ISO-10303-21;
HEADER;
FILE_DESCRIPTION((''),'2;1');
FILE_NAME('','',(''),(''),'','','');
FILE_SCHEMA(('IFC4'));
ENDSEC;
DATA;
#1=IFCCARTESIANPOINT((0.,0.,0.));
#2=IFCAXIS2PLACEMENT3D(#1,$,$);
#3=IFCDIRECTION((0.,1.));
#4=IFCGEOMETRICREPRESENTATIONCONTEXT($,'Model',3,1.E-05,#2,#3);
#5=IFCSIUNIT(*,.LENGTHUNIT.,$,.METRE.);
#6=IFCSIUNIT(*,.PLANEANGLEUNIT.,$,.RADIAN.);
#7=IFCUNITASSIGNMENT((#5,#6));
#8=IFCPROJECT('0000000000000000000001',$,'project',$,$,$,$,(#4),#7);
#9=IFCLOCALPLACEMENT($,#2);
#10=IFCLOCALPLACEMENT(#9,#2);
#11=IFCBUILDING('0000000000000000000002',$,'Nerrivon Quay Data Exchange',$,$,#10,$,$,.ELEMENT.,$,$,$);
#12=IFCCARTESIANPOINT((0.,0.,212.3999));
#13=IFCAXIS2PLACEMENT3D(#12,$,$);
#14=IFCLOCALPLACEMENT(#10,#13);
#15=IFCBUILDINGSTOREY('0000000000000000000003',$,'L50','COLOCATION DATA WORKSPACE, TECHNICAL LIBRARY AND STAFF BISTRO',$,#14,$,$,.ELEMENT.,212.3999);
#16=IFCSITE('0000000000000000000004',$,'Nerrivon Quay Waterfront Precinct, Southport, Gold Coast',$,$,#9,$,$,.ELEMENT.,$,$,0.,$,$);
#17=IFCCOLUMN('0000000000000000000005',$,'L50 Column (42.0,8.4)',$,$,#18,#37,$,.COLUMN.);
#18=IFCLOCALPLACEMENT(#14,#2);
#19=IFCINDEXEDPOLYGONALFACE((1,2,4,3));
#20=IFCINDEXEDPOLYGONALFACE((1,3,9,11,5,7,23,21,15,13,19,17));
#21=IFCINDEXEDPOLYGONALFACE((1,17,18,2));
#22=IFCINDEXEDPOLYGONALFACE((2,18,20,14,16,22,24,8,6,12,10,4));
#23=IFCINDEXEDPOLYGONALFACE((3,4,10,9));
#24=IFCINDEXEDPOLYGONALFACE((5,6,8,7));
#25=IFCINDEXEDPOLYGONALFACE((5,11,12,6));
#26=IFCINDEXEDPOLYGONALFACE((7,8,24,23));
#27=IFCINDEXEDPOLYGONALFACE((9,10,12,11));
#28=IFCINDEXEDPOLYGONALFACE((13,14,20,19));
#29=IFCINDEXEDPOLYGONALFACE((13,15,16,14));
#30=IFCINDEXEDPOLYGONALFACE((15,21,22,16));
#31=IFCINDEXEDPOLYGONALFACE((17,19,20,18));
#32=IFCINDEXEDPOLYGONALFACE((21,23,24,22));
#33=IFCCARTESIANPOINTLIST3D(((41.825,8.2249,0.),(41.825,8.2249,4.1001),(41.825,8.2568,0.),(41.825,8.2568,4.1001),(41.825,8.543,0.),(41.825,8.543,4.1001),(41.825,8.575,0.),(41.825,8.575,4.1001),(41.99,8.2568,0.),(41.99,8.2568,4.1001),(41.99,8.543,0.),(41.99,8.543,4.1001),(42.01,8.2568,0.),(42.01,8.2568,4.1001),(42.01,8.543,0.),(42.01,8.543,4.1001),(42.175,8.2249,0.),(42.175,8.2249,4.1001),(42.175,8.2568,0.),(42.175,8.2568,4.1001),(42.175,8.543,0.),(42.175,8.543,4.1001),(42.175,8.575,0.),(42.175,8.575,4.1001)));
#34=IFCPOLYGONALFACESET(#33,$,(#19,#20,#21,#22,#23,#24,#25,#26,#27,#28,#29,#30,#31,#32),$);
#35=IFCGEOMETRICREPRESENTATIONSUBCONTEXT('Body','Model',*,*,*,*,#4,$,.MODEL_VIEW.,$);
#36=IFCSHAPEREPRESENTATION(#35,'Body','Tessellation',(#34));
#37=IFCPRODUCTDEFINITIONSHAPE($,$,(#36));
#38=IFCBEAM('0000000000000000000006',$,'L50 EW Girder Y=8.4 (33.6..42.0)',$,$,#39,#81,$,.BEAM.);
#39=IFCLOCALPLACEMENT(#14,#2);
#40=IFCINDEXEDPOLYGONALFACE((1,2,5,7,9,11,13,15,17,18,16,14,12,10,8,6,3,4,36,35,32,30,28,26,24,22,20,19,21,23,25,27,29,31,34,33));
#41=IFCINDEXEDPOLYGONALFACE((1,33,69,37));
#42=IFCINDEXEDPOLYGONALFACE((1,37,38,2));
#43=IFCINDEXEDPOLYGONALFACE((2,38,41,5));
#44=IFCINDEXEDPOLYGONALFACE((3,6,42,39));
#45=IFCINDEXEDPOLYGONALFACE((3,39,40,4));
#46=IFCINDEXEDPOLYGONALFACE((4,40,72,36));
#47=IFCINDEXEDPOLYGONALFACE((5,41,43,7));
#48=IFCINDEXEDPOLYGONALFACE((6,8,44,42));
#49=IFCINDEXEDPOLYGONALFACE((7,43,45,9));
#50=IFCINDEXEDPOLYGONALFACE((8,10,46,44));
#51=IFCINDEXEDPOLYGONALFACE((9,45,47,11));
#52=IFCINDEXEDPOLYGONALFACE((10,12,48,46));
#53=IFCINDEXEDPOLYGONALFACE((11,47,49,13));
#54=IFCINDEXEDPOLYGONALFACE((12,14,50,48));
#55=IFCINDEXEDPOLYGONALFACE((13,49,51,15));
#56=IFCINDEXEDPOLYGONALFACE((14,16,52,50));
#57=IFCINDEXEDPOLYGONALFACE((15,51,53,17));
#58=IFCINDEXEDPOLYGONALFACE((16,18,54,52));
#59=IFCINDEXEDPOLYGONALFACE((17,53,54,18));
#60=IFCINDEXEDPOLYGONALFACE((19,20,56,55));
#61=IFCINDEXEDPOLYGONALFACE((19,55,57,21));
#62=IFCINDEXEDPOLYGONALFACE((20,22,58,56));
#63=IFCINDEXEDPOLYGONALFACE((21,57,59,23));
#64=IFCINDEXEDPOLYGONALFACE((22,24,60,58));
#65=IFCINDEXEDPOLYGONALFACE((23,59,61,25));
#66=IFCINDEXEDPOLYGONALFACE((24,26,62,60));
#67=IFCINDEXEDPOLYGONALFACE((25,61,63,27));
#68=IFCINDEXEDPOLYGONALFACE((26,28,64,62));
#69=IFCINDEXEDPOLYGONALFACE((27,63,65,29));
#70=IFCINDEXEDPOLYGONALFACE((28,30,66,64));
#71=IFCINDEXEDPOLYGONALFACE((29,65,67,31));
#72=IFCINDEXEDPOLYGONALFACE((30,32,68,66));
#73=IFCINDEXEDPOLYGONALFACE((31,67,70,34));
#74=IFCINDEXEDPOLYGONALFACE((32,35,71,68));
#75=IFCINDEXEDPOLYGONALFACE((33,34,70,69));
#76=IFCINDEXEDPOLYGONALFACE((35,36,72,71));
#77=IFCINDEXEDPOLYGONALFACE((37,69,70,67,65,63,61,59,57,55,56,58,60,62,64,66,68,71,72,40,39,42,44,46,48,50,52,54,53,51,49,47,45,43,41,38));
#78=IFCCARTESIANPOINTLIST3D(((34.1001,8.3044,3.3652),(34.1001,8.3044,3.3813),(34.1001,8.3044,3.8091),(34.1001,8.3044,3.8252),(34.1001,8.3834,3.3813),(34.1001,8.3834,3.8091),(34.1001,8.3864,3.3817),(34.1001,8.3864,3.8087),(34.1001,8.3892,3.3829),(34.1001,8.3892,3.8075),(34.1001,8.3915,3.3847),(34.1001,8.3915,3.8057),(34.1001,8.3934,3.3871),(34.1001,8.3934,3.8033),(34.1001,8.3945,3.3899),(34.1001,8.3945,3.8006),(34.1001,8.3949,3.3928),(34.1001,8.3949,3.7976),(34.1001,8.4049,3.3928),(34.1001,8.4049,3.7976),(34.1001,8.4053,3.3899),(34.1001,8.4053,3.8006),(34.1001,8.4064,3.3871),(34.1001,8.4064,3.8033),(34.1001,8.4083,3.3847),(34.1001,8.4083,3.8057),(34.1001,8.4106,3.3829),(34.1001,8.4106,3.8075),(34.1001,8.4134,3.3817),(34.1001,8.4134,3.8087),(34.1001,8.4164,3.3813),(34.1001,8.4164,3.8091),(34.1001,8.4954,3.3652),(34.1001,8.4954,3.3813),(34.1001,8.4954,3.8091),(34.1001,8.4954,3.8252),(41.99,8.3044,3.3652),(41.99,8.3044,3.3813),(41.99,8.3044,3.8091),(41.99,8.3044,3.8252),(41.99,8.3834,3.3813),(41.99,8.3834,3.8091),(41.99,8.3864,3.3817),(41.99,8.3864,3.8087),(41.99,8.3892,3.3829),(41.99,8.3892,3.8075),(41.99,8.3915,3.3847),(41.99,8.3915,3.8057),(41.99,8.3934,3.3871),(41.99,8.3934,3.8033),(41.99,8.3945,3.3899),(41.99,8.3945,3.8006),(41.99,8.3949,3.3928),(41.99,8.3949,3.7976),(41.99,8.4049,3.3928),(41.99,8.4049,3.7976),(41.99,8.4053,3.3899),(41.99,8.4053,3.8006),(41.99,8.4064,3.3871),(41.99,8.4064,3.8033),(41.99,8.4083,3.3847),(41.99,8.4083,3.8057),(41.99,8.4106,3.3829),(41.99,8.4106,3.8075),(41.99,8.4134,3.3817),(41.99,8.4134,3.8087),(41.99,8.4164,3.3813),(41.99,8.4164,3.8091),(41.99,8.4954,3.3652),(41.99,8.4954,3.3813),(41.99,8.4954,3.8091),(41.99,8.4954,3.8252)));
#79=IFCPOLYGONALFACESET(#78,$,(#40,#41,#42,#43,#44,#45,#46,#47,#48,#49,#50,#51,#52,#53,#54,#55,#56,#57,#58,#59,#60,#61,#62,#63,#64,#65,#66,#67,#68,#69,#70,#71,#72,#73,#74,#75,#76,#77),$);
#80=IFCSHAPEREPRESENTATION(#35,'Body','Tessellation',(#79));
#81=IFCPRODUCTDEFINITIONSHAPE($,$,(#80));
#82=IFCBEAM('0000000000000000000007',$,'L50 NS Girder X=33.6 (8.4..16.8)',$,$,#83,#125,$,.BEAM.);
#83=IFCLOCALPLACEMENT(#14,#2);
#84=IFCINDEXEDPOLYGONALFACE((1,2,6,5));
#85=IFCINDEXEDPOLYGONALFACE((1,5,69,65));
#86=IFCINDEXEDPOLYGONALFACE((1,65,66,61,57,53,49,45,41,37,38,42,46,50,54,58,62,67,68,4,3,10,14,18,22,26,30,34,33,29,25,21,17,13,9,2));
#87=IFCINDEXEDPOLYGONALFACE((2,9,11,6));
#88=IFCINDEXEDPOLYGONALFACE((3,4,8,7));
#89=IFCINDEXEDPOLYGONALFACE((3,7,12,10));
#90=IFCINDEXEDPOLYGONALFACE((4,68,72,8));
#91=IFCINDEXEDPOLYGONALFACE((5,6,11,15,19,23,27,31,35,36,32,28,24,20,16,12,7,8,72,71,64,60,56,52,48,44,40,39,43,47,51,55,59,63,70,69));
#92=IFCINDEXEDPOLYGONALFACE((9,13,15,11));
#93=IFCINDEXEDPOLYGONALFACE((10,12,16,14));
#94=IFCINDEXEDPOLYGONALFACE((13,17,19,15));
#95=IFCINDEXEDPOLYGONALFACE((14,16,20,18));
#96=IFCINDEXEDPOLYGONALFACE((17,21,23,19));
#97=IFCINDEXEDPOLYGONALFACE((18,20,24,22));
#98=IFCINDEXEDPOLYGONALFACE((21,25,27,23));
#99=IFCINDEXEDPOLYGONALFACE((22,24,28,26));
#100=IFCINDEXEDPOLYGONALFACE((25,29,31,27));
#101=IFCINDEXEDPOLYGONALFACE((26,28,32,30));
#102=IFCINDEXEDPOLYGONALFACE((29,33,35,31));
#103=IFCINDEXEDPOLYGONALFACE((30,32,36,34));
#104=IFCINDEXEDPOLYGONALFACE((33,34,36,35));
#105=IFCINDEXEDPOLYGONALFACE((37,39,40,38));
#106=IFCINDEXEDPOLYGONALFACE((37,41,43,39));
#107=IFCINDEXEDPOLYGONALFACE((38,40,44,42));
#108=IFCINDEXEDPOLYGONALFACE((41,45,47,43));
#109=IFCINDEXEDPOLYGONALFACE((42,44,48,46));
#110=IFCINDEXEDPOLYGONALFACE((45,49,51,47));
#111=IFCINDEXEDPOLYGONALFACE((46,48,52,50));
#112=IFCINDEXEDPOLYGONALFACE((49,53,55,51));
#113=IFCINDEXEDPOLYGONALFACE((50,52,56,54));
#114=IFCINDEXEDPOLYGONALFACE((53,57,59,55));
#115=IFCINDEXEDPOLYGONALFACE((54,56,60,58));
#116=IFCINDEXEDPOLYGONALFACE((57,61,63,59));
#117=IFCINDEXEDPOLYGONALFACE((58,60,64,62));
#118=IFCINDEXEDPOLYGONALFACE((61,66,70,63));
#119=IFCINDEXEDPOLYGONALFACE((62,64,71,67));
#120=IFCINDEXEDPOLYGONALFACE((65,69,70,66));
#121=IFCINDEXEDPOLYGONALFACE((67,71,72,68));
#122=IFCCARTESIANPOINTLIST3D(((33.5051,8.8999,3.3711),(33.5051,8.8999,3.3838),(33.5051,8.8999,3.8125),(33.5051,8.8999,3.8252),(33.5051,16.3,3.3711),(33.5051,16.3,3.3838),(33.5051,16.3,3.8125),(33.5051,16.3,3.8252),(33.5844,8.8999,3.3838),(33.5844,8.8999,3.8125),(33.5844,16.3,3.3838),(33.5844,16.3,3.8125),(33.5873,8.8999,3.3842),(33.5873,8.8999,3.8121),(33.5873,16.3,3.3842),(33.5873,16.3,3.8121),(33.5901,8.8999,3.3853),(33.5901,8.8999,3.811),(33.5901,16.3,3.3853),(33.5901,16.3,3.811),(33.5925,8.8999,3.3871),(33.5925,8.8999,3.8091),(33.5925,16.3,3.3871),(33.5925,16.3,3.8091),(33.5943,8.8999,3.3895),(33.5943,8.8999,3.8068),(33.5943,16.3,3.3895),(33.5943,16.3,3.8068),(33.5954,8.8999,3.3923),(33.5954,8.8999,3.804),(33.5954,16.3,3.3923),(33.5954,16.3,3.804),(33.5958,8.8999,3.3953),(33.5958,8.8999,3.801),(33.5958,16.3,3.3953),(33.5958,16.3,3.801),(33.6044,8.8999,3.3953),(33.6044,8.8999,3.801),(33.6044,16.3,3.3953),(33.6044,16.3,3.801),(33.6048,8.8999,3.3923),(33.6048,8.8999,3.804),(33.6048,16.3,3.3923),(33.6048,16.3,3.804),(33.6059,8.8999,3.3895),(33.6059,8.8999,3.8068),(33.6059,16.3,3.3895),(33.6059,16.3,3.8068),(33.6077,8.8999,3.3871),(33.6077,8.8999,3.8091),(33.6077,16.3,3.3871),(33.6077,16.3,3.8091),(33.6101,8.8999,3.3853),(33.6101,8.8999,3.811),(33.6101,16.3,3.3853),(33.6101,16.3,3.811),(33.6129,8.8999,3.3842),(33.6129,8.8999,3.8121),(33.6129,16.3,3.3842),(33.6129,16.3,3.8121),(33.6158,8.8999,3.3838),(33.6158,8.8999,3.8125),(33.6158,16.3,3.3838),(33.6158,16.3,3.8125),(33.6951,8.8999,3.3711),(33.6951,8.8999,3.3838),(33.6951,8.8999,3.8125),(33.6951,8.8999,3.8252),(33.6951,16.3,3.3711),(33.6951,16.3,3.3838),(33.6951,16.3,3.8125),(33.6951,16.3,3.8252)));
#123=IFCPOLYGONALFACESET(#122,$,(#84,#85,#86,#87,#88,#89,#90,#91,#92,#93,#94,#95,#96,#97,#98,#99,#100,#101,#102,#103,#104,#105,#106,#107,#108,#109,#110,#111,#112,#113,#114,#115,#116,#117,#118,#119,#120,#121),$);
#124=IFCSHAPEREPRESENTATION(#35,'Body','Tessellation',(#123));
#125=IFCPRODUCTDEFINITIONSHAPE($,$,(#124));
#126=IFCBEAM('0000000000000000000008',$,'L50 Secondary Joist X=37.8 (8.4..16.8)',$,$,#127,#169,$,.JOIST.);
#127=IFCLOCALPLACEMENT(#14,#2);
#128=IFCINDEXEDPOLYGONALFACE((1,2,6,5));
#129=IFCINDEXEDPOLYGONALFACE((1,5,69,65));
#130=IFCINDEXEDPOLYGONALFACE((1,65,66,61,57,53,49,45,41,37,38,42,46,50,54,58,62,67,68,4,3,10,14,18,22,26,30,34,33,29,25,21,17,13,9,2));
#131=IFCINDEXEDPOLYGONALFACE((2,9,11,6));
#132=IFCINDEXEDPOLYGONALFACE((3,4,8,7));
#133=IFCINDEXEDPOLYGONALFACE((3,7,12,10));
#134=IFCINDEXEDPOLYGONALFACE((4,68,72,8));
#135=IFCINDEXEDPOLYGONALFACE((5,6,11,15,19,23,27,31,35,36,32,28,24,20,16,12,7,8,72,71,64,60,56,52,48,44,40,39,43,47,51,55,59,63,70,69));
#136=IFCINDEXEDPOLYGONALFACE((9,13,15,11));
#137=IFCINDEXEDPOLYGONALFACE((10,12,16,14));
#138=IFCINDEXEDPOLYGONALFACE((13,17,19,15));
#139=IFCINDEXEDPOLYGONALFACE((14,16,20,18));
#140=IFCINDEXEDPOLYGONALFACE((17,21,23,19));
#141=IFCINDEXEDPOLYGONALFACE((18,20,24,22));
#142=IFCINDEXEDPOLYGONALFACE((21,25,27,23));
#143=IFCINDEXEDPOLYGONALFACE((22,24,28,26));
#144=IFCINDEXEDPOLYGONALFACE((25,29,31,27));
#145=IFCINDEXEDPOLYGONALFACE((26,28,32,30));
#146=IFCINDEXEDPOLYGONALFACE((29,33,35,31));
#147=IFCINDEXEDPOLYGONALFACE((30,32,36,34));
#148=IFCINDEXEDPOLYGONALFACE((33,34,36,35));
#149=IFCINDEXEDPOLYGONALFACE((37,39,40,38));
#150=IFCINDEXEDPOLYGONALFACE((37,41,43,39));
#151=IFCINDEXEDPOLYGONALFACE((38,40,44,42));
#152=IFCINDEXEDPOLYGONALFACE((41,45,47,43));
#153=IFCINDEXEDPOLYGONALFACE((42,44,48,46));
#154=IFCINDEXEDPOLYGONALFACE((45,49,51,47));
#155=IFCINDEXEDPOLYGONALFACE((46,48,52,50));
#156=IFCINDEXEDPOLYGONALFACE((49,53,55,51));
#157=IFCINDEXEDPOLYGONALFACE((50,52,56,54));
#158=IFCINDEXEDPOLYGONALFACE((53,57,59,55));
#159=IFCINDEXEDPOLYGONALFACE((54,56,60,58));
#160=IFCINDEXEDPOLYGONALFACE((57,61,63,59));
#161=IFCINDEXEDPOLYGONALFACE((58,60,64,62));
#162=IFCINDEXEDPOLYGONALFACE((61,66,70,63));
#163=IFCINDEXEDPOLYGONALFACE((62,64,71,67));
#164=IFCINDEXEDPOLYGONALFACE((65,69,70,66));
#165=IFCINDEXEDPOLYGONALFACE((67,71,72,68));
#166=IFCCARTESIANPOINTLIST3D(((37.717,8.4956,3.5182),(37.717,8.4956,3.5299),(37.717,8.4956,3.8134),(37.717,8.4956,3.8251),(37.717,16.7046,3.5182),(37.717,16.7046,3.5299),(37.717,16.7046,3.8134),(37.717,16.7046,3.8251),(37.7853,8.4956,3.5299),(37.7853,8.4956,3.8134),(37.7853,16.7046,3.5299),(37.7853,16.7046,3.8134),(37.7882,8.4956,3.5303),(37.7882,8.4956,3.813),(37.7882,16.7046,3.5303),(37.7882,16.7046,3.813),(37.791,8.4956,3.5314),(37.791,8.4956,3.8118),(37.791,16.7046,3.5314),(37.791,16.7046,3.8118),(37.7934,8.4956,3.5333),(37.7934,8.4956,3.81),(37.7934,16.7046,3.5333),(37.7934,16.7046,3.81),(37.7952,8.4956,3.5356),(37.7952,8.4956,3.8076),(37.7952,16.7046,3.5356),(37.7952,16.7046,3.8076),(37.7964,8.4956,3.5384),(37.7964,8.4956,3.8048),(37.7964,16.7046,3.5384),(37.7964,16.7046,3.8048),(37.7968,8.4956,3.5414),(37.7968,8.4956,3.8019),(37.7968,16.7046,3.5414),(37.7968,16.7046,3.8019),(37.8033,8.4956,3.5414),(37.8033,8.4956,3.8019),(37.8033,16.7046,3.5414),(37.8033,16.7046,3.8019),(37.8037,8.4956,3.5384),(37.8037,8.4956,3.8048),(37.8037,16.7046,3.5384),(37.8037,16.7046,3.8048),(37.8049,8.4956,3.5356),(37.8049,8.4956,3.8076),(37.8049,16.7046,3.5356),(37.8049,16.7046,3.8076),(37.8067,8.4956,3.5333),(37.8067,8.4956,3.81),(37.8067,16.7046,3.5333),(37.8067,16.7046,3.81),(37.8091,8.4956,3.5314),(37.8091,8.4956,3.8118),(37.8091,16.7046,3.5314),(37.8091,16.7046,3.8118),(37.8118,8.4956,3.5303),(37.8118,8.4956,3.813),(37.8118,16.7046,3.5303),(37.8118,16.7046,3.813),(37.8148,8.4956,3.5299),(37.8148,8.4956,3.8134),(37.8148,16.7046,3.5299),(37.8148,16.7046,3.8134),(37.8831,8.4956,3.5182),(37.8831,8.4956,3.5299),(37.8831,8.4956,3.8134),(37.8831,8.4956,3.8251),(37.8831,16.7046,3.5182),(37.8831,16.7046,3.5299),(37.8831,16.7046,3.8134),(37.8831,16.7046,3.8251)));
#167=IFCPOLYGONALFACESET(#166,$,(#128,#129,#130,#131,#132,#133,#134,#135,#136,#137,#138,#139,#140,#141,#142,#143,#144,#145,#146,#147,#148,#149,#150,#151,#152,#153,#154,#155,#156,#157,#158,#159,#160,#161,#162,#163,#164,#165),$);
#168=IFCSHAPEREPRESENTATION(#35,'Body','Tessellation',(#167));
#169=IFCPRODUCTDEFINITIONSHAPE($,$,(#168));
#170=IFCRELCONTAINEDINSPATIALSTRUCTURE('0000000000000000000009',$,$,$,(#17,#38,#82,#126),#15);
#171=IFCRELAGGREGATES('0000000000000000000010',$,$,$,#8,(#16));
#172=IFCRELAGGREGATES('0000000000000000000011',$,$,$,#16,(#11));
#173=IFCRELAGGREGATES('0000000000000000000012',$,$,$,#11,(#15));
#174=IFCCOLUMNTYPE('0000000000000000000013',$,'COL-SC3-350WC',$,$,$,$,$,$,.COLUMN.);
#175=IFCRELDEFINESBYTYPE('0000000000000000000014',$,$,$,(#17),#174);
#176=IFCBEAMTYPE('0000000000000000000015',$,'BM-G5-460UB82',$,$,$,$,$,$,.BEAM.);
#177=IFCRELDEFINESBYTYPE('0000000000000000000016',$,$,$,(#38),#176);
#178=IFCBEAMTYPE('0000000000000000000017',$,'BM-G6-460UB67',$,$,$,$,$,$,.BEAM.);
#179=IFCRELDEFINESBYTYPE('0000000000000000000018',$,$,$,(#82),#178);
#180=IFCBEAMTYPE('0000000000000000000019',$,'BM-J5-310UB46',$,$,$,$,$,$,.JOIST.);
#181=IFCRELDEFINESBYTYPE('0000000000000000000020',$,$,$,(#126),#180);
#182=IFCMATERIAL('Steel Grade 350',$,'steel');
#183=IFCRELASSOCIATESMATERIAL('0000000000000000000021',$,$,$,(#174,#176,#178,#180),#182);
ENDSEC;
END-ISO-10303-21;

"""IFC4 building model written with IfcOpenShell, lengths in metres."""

from ifc_helpers import new_model, si_unit, direction, frame, origin, origin_2d, place, context, subcontext, project, spatial, i_section, extrude, material, material_profile, profile_set, type_object, element, save


model = new_model("IFC4")

# Units and contexts
model_context = context("Model", 3, precision=1e-05, world=origin(), true_north=direction((0.0, 1.0)))
body_context = subcontext(model_context, "Body", "Model", "MODEL_VIEW")
ifc_project = project(units=[si_unit("LENGTHUNIT", "METRE"), si_unit("PLANEANGLEUNIT", "RADIAN")], contexts=[model_context])

# Site, building, storey
site_placement = place(None, origin())
site = spatial("IfcSite", under=ifc_project, at=site_placement, Name="Nerrivon Quay Waterfront Precinct, Southport, Gold Coast", CompositionType="ELEMENT", RefElevation=0.0)
building_placement = place(site_placement, origin())
building = spatial("IfcBuilding", under=site, at=building_placement, Name="Nerrivon Quay Data Exchange", CompositionType="ELEMENT")
storey_placement = place(building_placement, frame((0.0, 0.0, 212.3999)))
storey = spatial("IfcBuildingStorey", under=building, at=storey_placement, Name="L50", Description="COLOCATION DATA WORKSPACE, TECHNICAL LIBRARY AND STAFF BISTRO", CompositionType="ELEMENT", Elevation=212.3999)

# Column
ifc_material_1 = material(Name="Steel Grade 350", Category="steel")
ifc_material_profile_1 = material_profile(ifc_material_1, i_section(OverallWidth=0.3501, OverallDepth=0.3501, WebThickness=0.02, FlangeThickness=0.032, at=origin_2d()), Name="350WC230")
ifc_profile_set_1 = profile_set([ifc_material_profile_1], Name="Steel Grade 350")
column_type = type_object("IfcColumnType", Name="COL-SC3-350WC", PredefinedType="COLUMN", material=ifc_profile_set_1)
column_placement = place(storey_placement, frame((42.0, 8.3999, 0.0), z_axis=(0.0, 0.0, 1.0), x_axis=(1.0, 0.0, 0.0)))
element("IfcColumn", 1, at=column_placement, inside=storey, type_object=column_type, Name="L50 Column (42.0,8.4)", PredefinedType="COLUMN", context=body_context, shape_type="SweptSolid", body=[
    extrude(i_section(OverallWidth=0.3501, OverallDepth=0.3501, WebThickness=0.02, FlangeThickness=0.032, at=origin_2d()), origin(), (0.0, 0.0, 1.0), 4.1001),
])

# Beams
ifc_material_profile_2 = material_profile(ifc_material_1, i_section(OverallWidth=0.1909, OverallDepth=0.46, WebThickness=0.01, FlangeThickness=0.0161, FilletRadius=0.0115, at=origin_2d()), Name="460UB82.1")
ifc_profile_set_2 = profile_set([ifc_material_profile_2], Name="Steel Grade 350")
beam_type_1 = type_object("IfcBeamType", Name="BM-G5-460UB82", PredefinedType="BEAM", material=ifc_profile_set_2)
beam_1_placement = place(storey_placement, frame((34.1001, 8.3999, 3.5952), z_axis=(1.0, 0.0, 0.0), x_axis=(0.0, 1.0, 0.0)))
element("IfcBeam", 2, at=beam_1_placement, inside=storey, type_object=beam_type_1, Name="L50 EW Girder Y=8.4 (33.6..42.0)", PredefinedType="BEAM", context=body_context, shape_type="SweptSolid", body=[
    extrude(i_section(OverallWidth=0.1909, OverallDepth=0.46, WebThickness=0.01, FlangeThickness=0.0161, FilletRadius=0.0115, at=origin_2d()), origin(), (0.0, 0.0, 1.0), 7.8899),
])
ifc_material_profile_3 = material_profile(ifc_material_1, i_section(OverallWidth=0.1899, OverallDepth=0.4541, WebThickness=0.0085, FlangeThickness=0.0127, FilletRadius=0.0115, at=origin_2d()), Name="460UB67.1")
ifc_profile_set_3 = profile_set([ifc_material_profile_3], Name="Steel Grade 350")
beam_type_2 = type_object("IfcBeamType", Name="BM-G6-460UB67", PredefinedType="BEAM", material=ifc_profile_set_3)
beam_2_placement = place(storey_placement, frame((33.6001, 8.8999, 3.5981), z_axis=(0.0, 1.0, 0.0), x_axis=(-1.0, 0.0, 0.0)))
element("IfcBeam", 3, at=beam_2_placement, inside=storey, type_object=beam_type_2, Name="L50 NS Girder X=33.6 (8.4..16.8)", PredefinedType="BEAM", context=body_context, shape_type="SweptSolid", body=[
    extrude(i_section(OverallWidth=0.1899, OverallDepth=0.4541, WebThickness=0.0085, FlangeThickness=0.0127, FilletRadius=0.0115, at=origin_2d()), origin(), (0.0, 0.0, 1.0), 7.4001),
])
ifc_material_profile_4 = material_profile(ifc_material_1, i_section(OverallWidth=0.166, OverallDepth=0.3069, WebThickness=0.0066, FlangeThickness=0.0117, FilletRadius=0.0115, at=origin_2d()), Name="310UB46.2")
ifc_profile_set_4 = profile_set([ifc_material_profile_4], Name="Steel Grade 350")
beam_type_3 = type_object("IfcBeamType", Name="BM-J5-310UB46", PredefinedType="JOIST", material=ifc_profile_set_4)
beam_3_placement = place(storey_placement, frame((37.8, 8.4956, 3.6716), z_axis=(0.0, 1.0, 0.0), x_axis=(-1.0, 0.0, 0.0)))
element("IfcBeam", 4, at=beam_3_placement, inside=storey, type_object=beam_type_3, Name="L50 Secondary Joist X=37.8 (8.4..16.8)", PredefinedType="JOIST", context=body_context, shape_type="SweptSolid", body=[
    extrude(i_section(OverallWidth=0.166, OverallDepth=0.3069, WebThickness=0.0066, FlangeThickness=0.0117, FilletRadius=0.0115, at=origin_2d()), origin(), (0.0, 0.0, 1.0), 8.209),
])

save(model, "model.ifc")
